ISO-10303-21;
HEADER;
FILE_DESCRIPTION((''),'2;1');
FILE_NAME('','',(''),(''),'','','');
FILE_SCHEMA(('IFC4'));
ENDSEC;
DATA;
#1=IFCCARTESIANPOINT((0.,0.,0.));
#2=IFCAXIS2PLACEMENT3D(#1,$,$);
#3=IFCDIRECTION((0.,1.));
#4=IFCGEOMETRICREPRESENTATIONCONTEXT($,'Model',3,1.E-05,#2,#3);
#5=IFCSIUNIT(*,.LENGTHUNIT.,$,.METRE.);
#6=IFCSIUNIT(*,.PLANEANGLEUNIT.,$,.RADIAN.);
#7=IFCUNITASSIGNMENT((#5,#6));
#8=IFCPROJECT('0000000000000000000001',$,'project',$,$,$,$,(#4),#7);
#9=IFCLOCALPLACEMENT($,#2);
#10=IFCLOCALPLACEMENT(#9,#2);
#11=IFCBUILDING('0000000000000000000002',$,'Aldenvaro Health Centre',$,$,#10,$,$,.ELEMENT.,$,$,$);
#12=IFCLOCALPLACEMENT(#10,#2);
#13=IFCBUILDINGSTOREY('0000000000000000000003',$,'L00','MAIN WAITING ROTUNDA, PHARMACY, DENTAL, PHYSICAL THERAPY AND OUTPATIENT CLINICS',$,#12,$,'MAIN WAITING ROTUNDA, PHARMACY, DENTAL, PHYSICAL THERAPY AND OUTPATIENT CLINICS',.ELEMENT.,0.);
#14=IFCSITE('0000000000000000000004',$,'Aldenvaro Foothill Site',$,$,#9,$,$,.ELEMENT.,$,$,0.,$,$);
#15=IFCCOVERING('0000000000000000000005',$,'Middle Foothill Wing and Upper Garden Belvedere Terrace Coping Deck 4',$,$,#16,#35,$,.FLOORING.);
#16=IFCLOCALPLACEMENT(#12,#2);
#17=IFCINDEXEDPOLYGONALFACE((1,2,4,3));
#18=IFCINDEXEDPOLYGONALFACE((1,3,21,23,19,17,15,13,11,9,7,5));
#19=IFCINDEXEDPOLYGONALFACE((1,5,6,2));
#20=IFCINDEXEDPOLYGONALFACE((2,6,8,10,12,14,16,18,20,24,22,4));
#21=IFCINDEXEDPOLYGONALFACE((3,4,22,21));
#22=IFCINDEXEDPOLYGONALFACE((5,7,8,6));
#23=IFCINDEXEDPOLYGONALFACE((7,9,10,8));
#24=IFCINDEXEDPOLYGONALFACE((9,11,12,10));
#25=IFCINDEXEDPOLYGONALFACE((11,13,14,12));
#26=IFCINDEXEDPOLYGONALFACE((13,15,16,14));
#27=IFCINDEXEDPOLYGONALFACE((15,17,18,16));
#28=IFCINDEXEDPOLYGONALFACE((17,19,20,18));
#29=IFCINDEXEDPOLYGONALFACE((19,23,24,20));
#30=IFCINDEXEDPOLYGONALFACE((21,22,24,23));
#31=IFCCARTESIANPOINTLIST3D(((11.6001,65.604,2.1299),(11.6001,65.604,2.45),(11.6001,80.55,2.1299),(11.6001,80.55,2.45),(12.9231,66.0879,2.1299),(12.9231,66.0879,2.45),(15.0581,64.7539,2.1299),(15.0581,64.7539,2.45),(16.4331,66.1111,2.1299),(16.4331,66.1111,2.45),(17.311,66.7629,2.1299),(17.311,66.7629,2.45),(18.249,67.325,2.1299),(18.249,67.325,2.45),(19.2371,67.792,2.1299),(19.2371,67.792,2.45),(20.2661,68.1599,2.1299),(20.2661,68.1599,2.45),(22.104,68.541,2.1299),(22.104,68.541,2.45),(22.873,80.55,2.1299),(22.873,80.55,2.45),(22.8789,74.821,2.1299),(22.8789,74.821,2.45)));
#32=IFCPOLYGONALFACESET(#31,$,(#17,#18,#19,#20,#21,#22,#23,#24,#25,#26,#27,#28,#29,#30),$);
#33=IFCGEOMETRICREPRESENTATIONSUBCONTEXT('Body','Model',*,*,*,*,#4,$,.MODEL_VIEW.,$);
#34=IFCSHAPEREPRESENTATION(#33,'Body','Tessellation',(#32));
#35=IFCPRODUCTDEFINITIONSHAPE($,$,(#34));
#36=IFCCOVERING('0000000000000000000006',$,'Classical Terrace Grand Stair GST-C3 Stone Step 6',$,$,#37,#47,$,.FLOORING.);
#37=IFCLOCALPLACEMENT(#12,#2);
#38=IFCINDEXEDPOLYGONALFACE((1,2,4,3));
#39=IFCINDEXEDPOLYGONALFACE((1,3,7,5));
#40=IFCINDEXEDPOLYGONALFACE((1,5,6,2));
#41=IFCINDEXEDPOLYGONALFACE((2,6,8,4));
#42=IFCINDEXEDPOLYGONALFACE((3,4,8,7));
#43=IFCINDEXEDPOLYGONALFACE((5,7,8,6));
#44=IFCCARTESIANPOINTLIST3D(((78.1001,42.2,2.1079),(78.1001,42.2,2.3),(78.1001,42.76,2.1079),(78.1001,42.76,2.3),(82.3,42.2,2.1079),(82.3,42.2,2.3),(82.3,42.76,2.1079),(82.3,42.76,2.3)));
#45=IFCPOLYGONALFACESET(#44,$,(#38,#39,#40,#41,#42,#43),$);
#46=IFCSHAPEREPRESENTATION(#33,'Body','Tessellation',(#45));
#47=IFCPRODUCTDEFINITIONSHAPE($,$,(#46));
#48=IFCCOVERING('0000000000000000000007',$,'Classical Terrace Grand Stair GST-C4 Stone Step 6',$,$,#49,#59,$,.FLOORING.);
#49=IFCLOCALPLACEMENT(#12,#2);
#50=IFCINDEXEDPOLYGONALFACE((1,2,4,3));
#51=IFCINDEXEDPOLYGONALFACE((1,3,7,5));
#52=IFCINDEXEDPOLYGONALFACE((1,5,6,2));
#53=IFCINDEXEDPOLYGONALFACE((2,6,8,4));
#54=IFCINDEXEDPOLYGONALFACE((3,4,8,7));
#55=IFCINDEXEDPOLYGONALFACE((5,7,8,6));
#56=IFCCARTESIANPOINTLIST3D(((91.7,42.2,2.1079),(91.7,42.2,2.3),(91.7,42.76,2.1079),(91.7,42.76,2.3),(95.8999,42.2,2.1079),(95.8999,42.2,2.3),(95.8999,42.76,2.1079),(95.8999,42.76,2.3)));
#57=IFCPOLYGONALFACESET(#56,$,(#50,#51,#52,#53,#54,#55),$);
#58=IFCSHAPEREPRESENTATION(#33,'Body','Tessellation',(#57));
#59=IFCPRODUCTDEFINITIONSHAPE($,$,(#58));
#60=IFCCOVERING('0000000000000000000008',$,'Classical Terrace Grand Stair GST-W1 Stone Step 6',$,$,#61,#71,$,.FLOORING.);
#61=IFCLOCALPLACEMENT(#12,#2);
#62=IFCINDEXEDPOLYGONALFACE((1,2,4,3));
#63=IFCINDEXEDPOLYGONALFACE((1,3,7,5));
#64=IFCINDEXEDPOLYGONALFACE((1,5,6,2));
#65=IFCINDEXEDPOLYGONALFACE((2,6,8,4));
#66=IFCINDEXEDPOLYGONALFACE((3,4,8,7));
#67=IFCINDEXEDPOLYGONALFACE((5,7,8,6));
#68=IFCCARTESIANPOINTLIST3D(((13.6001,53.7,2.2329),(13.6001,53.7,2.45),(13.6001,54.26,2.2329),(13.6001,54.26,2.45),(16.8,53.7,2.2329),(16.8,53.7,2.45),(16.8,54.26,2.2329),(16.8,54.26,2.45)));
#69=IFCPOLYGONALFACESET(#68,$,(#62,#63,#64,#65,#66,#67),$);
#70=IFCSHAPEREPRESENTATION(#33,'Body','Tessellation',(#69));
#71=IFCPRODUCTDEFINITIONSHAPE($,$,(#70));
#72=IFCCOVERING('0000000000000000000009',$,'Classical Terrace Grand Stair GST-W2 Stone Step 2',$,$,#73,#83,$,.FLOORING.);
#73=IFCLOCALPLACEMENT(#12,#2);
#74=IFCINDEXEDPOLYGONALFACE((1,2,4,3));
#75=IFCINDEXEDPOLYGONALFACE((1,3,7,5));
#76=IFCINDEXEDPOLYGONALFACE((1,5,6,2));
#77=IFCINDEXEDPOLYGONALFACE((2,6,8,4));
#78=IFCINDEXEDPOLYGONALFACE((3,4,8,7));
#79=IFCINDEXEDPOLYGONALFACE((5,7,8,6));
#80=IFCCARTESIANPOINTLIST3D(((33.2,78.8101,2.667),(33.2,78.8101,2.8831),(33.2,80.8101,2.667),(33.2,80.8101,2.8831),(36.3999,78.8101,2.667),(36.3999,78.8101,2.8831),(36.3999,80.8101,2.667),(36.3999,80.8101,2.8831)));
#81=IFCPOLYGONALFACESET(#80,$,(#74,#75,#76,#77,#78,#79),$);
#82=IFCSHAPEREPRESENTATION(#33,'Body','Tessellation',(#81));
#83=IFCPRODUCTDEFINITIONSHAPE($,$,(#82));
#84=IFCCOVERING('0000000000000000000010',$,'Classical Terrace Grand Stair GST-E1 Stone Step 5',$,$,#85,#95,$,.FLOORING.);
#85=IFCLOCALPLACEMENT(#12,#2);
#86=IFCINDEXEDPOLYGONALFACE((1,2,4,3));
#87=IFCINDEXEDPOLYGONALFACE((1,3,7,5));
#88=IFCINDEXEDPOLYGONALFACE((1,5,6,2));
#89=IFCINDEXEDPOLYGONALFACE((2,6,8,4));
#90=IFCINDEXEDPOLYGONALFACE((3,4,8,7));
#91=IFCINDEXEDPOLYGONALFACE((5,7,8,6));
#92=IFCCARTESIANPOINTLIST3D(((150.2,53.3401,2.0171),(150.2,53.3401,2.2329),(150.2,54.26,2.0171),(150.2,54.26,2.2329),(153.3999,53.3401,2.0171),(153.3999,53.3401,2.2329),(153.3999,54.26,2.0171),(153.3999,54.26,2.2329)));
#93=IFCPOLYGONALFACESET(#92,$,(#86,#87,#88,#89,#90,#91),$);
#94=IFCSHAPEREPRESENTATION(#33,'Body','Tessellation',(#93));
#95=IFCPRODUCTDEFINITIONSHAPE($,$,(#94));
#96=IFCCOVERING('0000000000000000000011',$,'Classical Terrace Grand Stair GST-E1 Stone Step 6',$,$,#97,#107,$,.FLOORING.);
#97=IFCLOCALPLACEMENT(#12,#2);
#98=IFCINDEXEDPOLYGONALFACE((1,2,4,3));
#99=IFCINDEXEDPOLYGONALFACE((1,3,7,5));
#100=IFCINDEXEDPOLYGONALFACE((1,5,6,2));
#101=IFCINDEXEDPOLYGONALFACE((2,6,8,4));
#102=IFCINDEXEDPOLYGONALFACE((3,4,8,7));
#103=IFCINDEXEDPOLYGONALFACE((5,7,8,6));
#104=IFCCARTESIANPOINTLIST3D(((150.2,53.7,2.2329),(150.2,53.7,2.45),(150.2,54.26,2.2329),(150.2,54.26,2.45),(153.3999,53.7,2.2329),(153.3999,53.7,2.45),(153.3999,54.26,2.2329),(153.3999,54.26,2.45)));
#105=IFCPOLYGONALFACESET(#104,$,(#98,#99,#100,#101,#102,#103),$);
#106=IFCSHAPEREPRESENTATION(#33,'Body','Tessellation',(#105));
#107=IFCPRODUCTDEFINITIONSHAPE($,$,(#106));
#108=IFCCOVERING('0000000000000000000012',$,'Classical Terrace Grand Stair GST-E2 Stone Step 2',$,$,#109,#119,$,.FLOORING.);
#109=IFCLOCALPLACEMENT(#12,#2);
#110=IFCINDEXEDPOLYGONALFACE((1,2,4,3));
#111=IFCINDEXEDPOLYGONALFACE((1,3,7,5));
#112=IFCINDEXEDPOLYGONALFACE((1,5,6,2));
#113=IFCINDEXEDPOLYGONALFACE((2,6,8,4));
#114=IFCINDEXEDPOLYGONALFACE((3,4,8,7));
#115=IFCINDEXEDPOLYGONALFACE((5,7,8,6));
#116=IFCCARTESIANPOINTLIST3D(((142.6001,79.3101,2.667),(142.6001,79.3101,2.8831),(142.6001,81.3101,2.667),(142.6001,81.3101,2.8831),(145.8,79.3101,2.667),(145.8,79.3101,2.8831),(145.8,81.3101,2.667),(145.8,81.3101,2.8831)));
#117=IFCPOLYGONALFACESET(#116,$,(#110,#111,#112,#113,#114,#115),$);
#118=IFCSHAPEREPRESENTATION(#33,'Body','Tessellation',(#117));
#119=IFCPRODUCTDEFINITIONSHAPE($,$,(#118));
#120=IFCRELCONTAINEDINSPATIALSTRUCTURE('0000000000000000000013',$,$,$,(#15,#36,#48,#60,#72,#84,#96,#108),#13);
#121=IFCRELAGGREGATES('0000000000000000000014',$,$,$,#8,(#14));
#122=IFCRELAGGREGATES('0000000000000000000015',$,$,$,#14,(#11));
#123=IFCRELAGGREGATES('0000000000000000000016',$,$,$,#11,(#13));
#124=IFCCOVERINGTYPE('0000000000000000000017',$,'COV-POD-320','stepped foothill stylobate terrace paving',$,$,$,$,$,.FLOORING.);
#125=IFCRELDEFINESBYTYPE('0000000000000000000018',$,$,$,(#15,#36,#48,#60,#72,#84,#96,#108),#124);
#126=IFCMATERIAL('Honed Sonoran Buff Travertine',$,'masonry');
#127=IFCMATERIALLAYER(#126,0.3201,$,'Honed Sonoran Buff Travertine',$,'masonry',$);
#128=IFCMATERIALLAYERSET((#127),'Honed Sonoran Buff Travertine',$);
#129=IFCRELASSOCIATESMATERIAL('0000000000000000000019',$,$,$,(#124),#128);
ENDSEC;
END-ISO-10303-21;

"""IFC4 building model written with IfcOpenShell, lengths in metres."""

from ifc_helpers import new_model, si_unit, direction, frame, origin, place, context, subcontext, project, spatial, polyline, outline, extrude, material, layer, layer_set, type_object, element, save


model = new_model("IFC4")

# Units and contexts
model_context = context("Model", 3, precision=1e-05, world=origin(), true_north=direction((0.0, 1.0)))
body_context = subcontext(model_context, "Body", "Model", "MODEL_VIEW")
ifc_project = project(units=[si_unit("LENGTHUNIT", "METRE"), si_unit("PLANEANGLEUNIT", "RADIAN")], contexts=[model_context])

# Site, building, storey
site_placement = place(None, origin())
site = spatial("IfcSite", under=ifc_project, at=site_placement, Name="Aldenvaro Foothill Site", CompositionType="ELEMENT", RefElevation=0.0)
building_placement = place(site_placement, origin())
building = spatial("IfcBuilding", under=site, at=building_placement, Name="Aldenvaro Health Centre", CompositionType="ELEMENT")
storey_placement = place(building_placement, origin())
storey = spatial("IfcBuildingStorey", under=building, at=storey_placement, Name="L00", Description="MAIN WAITING ROTUNDA, PHARMACY, DENTAL, PHYSICAL THERAPY AND OUTPATIENT CLINICS", LongName="MAIN WAITING ROTUNDA, PHARMACY, DENTAL, PHYSICAL THERAPY AND OUTPATIENT CLINICS", CompositionType="ELEMENT", Elevation=0.0)

# Coverings
ifc_material_1 = material(Name="Honed Sonoran Buff Travertine", Category="masonry")
ifc_layer_1 = layer(ifc_material_1, 0.3201, Name="Honed Sonoran Buff Travertine", Category="masonry")
ifc_layer_set_1 = layer_set([ifc_layer_1], Name="Honed Sonoran Buff Travertine")
covering_type_1 = type_object("IfcCoveringType", Name="COV-POD-320", Description="stepped foothill stylobate terrace paving", PredefinedType="FLOORING", material=ifc_layer_set_1)
covering_1_placement = place(storey_placement, frame((0.0, 0.0, 2.1299)))
element("IfcCovering", 1, at=covering_1_placement, inside=storey, type_object=covering_type_1, Name="Middle Foothill Wing and Upper Garden Belvedere Terrace Coping Deck 4", PredefinedType="FLOORING", context=body_context, shape_type="SweptSolid", body=[
    extrude(outline(polyline([(11.6001, 80.55), (22.873, 80.55), (22.8789, 74.821), (22.104, 68.541), (20.2661, 68.1599), (19.2371, 67.792), (18.249, 67.325), (17.311, 66.7629), (16.4331, 66.1111), (15.0581, 64.7539), (12.9231, 66.0879), (11.6001, 65.604), (11.6001, 80.55)])), origin(), (0.0, 0.0, 1.0), 0.3201),
])
covering_2_placement = place(storey_placement, frame((0.0, 0.0, 2.1079)))
element("IfcCovering", 2, at=covering_2_placement, inside=storey, type_object=covering_type_1, Name="Classical Terrace Grand Stair GST-C3 Stone Step 6", PredefinedType="FLOORING", context=body_context, shape_type="SweptSolid", body=[
    extrude(outline(polyline([(78.1001, 42.2), (82.3, 42.2), (82.3, 42.76), (78.1001, 42.76), (78.1001, 42.2)])), origin(), (0.0, 0.0, 1.0), 0.1921),
])
covering_3_placement = place(storey_placement, frame((0.0, 0.0, 2.1079)))
element("IfcCovering", 3, at=covering_3_placement, inside=storey, type_object=covering_type_1, Name="Classical Terrace Grand Stair GST-C4 Stone Step 6", PredefinedType="FLOORING", context=body_context, shape_type="SweptSolid", body=[
    extrude(outline(polyline([(91.7, 42.2), (95.8999, 42.2), (95.8999, 42.76), (91.7, 42.76), (91.7, 42.2)])), origin(), (0.0, 0.0, 1.0), 0.1921),
])
covering_4_placement = place(storey_placement, frame((0.0, 0.0, 2.2329)))
element("IfcCovering", 4, at=covering_4_placement, inside=storey, type_object=covering_type_1, Name="Classical Terrace Grand Stair GST-W1 Stone Step 6", PredefinedType="FLOORING", context=body_context, shape_type="SweptSolid", body=[
    extrude(outline(polyline([(13.6001, 53.7), (16.8, 53.7), (16.8, 54.26), (13.6001, 54.26), (13.6001, 53.7)])), origin(), (0.0, 0.0, 1.0), 0.217),
])
covering_5_placement = place(storey_placement, frame((0.0, 0.0, 2.667)))
element("IfcCovering", 5, at=covering_5_placement, inside=storey, type_object=covering_type_1, Name="Classical Terrace Grand Stair GST-W2 Stone Step 2", PredefinedType="FLOORING", context=body_context, shape_type="SweptSolid", body=[
    extrude(outline(polyline([(33.2, 78.8101), (36.3999, 78.8101), (36.3999, 80.8101), (33.2, 80.8101), (33.2, 78.8101)])), origin(), (0.0, 0.0, 1.0), 0.2161),
])
covering_6_placement = place(storey_placement, frame((0.0, 0.0, 2.0171)))
element("IfcCovering", 6, at=covering_6_placement, inside=storey, type_object=covering_type_1, Name="Classical Terrace Grand Stair GST-E1 Stone Step 5", PredefinedType="FLOORING", context=body_context, shape_type="SweptSolid", body=[
    extrude(outline(polyline([(150.2, 53.3401), (153.3999, 53.3401), (153.3999, 54.26), (150.2, 54.26), (150.2, 53.3401)])), origin(), (0.0, 0.0, 1.0), 0.2158),
])
covering_7_placement = place(storey_placement, frame((0.0, 0.0, 2.2329)))
element("IfcCovering", 7, at=covering_7_placement, inside=storey, type_object=covering_type_1, Name="Classical Terrace Grand Stair GST-E1 Stone Step 6", PredefinedType="FLOORING", context=body_context, shape_type="SweptSolid", body=[
    extrude(outline(polyline([(150.2, 53.7), (153.3999, 53.7), (153.3999, 54.26), (150.2, 54.26), (150.2, 53.7)])), origin(), (0.0, 0.0, 1.0), 0.217),
])
covering_8_placement = place(storey_placement, frame((0.0, 0.0, 2.667)))
element("IfcCovering", 8, at=covering_8_placement, inside=storey, type_object=covering_type_1, Name="Classical Terrace Grand Stair GST-E2 Stone Step 2", PredefinedType="FLOORING", context=body_context, shape_type="SweptSolid", body=[
    extrude(outline(polyline([(142.6001, 79.3101), (145.8, 79.3101), (145.8, 81.3101), (142.6001, 81.3101), (142.6001, 79.3101)])), origin(), (0.0, 0.0, 1.0), 0.2161),
])

save(model, "model.ifc")
